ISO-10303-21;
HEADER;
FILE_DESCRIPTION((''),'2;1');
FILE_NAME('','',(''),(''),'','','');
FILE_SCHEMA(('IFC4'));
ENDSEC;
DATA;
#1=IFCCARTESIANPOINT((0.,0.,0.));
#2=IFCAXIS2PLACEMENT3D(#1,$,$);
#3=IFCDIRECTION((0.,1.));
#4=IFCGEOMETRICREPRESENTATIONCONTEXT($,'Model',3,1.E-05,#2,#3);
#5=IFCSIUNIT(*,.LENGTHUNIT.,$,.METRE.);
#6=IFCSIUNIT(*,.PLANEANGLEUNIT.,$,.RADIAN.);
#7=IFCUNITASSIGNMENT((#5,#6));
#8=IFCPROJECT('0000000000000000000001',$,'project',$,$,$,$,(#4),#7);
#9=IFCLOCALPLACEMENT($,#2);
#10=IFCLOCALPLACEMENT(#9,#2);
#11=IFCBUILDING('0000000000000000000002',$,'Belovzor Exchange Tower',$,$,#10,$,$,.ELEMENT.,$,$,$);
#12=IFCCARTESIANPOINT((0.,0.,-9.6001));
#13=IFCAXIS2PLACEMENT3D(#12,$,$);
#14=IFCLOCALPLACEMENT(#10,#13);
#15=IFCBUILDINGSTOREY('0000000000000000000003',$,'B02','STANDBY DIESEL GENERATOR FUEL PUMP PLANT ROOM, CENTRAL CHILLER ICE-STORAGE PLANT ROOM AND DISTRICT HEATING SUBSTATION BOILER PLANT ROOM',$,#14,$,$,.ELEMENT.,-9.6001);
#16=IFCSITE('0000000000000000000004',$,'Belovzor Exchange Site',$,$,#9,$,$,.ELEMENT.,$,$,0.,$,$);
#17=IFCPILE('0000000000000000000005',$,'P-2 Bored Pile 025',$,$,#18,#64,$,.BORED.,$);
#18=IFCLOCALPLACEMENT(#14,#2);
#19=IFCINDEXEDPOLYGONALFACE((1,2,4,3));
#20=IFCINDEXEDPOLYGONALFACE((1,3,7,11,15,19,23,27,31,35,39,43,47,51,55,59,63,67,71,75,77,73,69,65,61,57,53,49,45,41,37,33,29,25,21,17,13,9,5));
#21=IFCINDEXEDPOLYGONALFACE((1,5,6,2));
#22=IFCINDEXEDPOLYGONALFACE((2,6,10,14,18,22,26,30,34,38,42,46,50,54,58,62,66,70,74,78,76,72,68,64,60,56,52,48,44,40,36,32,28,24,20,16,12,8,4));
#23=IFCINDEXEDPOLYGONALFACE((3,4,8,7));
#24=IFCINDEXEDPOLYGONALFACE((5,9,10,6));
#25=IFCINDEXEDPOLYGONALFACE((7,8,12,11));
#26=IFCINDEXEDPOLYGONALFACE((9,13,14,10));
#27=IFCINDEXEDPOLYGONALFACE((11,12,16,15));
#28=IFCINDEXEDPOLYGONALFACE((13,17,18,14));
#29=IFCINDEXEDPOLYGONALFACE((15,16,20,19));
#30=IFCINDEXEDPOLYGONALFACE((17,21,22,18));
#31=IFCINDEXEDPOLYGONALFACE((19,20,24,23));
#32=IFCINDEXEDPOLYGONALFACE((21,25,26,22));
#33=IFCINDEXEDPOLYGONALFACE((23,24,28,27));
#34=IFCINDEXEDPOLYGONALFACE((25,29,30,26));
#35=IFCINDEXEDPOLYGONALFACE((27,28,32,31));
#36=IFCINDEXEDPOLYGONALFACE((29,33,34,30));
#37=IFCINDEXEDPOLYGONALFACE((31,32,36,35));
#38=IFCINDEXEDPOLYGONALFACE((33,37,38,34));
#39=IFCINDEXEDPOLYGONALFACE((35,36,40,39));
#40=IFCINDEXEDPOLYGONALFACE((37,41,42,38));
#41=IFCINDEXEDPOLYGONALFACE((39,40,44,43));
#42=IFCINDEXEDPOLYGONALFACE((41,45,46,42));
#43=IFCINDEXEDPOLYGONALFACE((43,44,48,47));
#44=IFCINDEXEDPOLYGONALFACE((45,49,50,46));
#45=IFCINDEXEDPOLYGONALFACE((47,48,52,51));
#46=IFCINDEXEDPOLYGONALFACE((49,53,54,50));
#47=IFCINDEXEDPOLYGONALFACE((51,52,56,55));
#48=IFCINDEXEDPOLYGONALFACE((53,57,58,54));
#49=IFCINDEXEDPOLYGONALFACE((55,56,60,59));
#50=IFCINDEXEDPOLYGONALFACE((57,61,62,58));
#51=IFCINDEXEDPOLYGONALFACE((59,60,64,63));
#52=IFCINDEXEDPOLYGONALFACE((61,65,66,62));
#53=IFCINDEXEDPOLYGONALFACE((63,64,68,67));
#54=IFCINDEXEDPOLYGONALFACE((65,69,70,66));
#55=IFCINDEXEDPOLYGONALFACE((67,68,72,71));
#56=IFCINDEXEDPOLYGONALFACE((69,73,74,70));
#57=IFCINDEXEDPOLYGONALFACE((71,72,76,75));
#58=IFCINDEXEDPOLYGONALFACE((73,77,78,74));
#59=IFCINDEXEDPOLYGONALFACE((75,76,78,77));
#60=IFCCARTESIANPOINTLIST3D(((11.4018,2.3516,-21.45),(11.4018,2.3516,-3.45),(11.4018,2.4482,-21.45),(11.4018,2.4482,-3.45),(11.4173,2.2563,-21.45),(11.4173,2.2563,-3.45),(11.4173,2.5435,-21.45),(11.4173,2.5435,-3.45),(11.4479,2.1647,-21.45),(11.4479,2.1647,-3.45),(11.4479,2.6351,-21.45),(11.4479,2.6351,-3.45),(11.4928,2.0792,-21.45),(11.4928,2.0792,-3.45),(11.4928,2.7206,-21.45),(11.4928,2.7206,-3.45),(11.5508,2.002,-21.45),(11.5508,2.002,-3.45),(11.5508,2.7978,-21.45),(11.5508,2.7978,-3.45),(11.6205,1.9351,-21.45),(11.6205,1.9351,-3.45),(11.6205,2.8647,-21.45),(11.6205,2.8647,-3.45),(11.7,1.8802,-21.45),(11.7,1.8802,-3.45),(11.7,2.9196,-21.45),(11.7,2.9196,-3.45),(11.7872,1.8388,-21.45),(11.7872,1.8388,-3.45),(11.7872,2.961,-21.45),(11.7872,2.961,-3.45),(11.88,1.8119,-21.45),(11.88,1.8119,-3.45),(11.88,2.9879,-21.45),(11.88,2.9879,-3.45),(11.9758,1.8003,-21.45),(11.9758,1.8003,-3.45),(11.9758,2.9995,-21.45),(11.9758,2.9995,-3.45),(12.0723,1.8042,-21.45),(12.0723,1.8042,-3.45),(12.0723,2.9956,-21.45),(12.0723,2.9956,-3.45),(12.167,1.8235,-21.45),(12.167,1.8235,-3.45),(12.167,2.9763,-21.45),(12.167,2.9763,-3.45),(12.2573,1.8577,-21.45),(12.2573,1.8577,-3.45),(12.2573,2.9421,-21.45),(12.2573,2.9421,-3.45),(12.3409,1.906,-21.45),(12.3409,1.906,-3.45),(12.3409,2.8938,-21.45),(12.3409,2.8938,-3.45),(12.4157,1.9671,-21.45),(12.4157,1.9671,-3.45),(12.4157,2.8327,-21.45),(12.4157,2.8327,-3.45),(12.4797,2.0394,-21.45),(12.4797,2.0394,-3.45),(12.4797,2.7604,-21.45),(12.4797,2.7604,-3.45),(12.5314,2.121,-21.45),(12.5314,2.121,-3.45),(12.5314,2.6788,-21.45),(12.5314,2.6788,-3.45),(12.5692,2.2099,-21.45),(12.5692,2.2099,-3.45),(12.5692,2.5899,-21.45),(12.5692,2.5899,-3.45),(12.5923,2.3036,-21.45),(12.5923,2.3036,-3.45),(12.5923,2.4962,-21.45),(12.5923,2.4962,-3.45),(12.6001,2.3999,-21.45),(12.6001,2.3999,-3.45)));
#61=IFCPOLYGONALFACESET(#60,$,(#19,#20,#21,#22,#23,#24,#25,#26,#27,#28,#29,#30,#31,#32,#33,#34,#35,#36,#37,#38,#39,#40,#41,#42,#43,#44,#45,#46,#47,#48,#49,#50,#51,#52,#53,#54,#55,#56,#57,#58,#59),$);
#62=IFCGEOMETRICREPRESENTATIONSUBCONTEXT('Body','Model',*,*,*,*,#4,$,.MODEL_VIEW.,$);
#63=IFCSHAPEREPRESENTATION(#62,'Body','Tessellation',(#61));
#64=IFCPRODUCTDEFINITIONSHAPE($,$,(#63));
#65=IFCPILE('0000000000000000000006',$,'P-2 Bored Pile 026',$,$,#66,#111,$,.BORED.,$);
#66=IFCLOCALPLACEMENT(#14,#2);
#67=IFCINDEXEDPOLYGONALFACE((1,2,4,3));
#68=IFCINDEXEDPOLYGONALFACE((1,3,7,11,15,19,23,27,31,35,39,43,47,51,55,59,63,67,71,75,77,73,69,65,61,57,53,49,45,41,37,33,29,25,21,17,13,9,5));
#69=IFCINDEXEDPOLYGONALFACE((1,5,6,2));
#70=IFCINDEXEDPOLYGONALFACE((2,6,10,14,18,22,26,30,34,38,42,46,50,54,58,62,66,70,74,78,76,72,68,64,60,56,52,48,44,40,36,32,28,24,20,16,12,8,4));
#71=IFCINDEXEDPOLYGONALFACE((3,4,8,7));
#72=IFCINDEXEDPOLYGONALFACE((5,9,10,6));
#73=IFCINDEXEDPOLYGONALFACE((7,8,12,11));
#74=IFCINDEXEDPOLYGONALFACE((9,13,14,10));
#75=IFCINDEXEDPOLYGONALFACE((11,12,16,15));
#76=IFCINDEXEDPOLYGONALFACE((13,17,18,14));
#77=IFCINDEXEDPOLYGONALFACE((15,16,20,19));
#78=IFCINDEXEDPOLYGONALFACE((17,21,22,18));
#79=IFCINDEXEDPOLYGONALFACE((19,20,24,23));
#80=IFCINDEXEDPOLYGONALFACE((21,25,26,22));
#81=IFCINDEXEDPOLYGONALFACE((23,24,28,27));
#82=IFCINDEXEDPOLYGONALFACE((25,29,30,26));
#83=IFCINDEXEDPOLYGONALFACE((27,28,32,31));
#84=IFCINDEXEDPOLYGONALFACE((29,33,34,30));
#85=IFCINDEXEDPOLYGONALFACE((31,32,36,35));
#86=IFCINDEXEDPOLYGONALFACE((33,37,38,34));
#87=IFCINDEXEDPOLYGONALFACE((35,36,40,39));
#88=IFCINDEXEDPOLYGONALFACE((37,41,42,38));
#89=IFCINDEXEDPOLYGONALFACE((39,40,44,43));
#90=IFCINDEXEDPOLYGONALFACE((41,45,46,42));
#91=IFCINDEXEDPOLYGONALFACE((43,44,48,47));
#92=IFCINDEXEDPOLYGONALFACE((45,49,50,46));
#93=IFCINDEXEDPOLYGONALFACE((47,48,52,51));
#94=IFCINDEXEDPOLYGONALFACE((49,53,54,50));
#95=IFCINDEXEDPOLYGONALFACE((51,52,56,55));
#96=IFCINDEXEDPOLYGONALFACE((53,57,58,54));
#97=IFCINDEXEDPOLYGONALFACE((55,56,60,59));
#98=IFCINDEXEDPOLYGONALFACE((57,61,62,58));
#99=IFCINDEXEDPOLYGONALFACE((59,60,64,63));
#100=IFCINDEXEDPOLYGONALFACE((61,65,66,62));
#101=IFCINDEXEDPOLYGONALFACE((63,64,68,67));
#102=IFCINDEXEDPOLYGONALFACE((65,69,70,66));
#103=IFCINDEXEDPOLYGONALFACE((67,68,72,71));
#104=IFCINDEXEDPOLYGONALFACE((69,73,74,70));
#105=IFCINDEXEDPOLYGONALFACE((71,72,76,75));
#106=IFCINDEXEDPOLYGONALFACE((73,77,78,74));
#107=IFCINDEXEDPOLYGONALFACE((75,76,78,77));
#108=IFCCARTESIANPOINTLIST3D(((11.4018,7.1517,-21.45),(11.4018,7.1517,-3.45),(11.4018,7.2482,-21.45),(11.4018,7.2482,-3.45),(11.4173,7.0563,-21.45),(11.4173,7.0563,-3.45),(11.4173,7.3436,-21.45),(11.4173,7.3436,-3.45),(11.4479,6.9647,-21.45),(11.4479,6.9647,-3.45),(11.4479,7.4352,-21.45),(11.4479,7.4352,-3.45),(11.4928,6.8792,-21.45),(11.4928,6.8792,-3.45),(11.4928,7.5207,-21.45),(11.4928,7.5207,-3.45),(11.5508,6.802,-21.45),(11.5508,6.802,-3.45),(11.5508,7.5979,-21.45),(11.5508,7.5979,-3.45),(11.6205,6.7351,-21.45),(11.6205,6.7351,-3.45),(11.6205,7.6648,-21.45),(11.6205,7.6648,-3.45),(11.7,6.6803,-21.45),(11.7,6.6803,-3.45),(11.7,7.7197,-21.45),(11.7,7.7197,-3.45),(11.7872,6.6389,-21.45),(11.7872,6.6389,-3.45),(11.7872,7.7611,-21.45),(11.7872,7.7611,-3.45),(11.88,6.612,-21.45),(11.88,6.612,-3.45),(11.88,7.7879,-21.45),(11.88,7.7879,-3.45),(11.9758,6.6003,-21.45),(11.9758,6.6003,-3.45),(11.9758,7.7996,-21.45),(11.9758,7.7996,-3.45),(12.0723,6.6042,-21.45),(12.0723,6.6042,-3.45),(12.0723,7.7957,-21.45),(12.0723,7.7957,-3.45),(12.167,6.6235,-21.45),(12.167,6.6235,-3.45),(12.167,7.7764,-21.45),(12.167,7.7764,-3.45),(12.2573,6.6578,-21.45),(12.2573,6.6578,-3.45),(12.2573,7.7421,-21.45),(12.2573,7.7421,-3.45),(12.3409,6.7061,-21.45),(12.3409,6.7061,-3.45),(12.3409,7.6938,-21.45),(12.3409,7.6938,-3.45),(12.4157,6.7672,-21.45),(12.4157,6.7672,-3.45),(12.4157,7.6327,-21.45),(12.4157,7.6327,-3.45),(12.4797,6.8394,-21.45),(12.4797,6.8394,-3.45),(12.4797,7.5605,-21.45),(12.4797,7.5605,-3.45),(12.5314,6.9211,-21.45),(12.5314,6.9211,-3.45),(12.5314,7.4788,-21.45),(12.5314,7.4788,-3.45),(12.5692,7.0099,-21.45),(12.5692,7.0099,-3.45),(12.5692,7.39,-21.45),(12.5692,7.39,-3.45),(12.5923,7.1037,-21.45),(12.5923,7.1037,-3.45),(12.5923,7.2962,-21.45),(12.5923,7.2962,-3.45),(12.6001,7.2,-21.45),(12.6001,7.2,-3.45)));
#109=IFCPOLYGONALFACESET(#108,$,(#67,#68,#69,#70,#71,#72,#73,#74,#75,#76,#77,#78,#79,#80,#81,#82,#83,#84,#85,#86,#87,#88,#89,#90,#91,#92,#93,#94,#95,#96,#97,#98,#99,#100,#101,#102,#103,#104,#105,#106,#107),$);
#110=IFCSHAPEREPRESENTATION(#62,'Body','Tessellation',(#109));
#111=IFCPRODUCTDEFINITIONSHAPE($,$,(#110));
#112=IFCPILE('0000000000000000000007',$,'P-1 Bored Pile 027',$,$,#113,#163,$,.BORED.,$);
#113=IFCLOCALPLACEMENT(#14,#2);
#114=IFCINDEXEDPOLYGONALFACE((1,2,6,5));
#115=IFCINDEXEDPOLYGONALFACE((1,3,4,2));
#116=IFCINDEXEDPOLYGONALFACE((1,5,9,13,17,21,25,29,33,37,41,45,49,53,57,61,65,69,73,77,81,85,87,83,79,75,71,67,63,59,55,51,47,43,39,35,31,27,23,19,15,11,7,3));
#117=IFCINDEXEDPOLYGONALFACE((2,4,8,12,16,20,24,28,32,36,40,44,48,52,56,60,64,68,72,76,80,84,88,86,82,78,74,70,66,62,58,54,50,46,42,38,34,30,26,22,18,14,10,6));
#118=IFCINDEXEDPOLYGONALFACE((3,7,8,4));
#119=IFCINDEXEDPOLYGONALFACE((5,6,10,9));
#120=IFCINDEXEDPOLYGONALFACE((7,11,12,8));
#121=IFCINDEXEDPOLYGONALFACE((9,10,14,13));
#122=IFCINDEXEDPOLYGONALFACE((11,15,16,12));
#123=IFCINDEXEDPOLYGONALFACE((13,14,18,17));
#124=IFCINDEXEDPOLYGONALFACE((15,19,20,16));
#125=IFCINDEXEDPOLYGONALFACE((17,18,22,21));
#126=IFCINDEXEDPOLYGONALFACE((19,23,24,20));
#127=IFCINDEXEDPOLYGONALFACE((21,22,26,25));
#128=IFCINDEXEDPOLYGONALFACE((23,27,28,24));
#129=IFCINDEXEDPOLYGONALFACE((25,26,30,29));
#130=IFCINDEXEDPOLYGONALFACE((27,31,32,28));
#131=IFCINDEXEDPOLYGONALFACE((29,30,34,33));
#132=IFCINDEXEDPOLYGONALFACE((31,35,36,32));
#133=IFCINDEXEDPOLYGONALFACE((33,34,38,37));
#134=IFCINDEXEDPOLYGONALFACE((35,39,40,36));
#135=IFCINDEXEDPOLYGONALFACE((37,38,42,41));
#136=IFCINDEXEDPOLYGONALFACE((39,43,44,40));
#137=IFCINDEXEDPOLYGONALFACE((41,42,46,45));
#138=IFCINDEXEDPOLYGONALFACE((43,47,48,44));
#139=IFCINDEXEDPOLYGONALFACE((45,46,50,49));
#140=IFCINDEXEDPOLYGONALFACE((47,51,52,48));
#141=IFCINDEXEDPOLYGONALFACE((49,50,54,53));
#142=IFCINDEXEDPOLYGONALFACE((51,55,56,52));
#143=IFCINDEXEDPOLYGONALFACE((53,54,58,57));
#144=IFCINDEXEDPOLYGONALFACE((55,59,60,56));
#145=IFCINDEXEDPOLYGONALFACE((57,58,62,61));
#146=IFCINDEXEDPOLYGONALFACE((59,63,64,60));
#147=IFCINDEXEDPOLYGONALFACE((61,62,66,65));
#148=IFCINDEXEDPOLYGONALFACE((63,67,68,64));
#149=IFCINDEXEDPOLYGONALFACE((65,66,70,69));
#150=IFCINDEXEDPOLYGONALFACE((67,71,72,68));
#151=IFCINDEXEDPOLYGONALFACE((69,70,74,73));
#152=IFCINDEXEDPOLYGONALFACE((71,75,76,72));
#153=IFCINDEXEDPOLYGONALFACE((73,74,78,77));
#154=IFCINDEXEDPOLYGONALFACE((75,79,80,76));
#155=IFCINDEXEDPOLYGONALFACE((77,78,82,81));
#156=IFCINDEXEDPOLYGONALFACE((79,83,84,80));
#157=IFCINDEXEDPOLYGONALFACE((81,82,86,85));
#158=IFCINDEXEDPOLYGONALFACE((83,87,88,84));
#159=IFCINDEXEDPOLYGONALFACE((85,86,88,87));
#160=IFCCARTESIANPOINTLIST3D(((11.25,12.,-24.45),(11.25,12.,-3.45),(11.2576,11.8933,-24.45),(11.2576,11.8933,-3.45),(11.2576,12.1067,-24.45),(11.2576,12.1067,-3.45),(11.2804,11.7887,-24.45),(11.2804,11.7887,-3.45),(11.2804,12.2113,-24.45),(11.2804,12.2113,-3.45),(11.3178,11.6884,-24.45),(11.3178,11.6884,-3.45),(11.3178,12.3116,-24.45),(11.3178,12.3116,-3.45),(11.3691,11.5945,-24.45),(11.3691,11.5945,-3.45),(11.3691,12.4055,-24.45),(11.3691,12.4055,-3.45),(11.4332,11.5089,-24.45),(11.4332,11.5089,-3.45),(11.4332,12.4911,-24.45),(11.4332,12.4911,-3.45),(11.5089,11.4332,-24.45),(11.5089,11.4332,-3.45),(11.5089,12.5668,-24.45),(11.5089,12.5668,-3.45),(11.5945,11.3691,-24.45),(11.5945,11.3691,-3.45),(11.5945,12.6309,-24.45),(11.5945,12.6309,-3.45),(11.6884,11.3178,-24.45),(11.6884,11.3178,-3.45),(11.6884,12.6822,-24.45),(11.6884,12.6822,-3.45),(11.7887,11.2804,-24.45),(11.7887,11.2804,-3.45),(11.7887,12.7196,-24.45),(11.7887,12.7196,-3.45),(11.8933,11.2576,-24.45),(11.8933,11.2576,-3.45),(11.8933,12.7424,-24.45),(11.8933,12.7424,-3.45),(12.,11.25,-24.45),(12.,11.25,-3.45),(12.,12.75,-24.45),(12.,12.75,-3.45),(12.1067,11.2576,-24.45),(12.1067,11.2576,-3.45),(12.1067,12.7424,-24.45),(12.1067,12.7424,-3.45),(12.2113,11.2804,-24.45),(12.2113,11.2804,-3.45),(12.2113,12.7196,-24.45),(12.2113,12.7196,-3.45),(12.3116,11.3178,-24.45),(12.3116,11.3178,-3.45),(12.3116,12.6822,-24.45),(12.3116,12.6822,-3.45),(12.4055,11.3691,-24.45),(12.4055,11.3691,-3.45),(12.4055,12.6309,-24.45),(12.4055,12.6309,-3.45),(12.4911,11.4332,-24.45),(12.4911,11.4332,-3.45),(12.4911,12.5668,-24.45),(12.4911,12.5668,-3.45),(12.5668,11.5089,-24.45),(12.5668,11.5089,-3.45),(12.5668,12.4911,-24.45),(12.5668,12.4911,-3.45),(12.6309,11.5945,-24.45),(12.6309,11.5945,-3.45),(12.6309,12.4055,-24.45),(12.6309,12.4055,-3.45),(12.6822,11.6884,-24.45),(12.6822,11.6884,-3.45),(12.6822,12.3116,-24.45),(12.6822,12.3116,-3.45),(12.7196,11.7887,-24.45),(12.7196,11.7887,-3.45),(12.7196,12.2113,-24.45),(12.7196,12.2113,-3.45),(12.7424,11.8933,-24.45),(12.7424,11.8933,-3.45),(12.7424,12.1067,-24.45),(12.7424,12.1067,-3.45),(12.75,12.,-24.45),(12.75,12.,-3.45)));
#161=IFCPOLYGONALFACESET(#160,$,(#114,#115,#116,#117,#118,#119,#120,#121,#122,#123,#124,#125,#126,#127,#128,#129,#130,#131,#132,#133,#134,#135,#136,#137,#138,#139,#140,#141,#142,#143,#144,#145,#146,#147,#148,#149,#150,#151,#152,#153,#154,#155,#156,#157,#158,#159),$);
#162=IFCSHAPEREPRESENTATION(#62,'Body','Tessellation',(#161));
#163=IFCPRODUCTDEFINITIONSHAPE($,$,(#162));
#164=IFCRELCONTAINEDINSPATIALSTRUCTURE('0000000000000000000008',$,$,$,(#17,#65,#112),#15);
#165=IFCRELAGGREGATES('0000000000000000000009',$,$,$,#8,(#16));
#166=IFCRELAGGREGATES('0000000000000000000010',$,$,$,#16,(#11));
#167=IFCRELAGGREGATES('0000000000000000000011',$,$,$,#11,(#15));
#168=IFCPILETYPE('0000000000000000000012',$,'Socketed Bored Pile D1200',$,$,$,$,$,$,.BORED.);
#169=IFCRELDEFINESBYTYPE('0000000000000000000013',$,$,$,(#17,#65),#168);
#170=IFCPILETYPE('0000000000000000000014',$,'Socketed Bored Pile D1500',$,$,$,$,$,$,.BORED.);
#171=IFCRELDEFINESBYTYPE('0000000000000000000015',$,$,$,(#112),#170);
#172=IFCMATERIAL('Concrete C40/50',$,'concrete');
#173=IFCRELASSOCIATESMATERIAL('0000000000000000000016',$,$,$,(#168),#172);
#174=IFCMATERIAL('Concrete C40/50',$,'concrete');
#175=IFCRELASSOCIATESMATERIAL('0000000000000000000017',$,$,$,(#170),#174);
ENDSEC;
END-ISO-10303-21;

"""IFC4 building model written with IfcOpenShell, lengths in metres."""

from ifc_helpers import new_model, si_unit, direction, frame, origin, origin_2d, place, context, subcontext, project, spatial, circle, extrude, material, material_profile, profile_set, type_object, element, save


model = new_model("IFC4")

# Units and contexts
model_context = context("Model", 3, precision=1e-05, world=origin(), true_north=direction((0.0, 1.0)))
body_context = subcontext(model_context, "Body", "Model", "MODEL_VIEW")
ifc_project = project(units=[si_unit("LENGTHUNIT", "METRE"), si_unit("PLANEANGLEUNIT", "RADIAN")], contexts=[model_context])

# Site, building, storey
site_placement = place(None, origin())
site = spatial("IfcSite", under=ifc_project, at=site_placement, Name="Belovzor Exchange Site", CompositionType="ELEMENT", RefElevation=0.0)
building_placement = place(site_placement, origin())
building = spatial("IfcBuilding", under=site, at=building_placement, Name="Belovzor Exchange Tower", CompositionType="ELEMENT")
storey_placement = place(building_placement, frame((0.0, 0.0, -9.6001)))
storey = spatial("IfcBuildingStorey", under=building, at=storey_placement, Name="B02", Description="STANDBY DIESEL GENERATOR FUEL PUMP PLANT ROOM, CENTRAL CHILLER ICE-STORAGE PLANT ROOM AND DISTRICT HEATING SUBSTATION BOILER PLANT ROOM", CompositionType="ELEMENT", Elevation=-9.6001)

# Piles
ifc_material_1 = material(Name="Concrete C40/50", Category="concrete")
ifc_material_profile_1 = material_profile(ifc_material_1, circle(Radius=0.6001, at=origin_2d()))
ifc_profile_set_1 = profile_set([ifc_material_profile_1], Name="Concrete C40/50")
pile_type_1 = type_object("IfcPileType", Name="Socketed Bored Pile D1200", PredefinedType="BORED", material=ifc_profile_set_1)
for number, where, z_axis, x_axis, name in (
    (1, (12.0, 2.3999, -3.45), (0.0, 0.0, -1.0), (1.0, 0.0, 0.0), "P-2 Bored Pile 025"),
    (2, (12.0, 7.2, -3.45), (0.0, 0.0, -1.0), (1.0, 0.0, 0.0), "P-2 Bored Pile 026"),
):
    element("IfcPile", number, at=place(storey_placement, frame(where, z_axis=z_axis, x_axis=x_axis)), inside=storey, type_object=pile_type_1, Name=name, PredefinedType="BORED", context=body_context, shape_type="SweptSolid", body=[
        extrude(circle(Radius=0.6001, at=origin_2d()), origin(), (0.0, 0.0, 1.0), 18.0),
    ])
ifc_material_2 = material(Name="Concrete C40/50", Category="concrete")
ifc_material_profile_2 = material_profile(ifc_material_2, circle(Radius=0.75, at=origin_2d()))
ifc_profile_set_2 = profile_set([ifc_material_profile_2], Name="Concrete C40/50")
pile_type_2 = type_object("IfcPileType", Name="Socketed Bored Pile D1500", PredefinedType="BORED", material=ifc_profile_set_2)
for number, where, z_axis, x_axis, name in (
    (3, (12.0, 12.0, -3.45), (0.0, 0.0, -1.0), (1.0, 0.0, 0.0), "P-1 Bored Pile 027"),
):
    element("IfcPile", number, at=place(storey_placement, frame(where, z_axis=z_axis, x_axis=x_axis)), inside=storey, type_object=pile_type_2, Name=name, PredefinedType="BORED", context=body_context, shape_type="SweptSolid", body=[
        extrude(circle(Radius=0.75, at=origin_2d()), origin(), (0.0, 0.0, 1.0), 21.0),
    ])

save(model, "model.ifc")
